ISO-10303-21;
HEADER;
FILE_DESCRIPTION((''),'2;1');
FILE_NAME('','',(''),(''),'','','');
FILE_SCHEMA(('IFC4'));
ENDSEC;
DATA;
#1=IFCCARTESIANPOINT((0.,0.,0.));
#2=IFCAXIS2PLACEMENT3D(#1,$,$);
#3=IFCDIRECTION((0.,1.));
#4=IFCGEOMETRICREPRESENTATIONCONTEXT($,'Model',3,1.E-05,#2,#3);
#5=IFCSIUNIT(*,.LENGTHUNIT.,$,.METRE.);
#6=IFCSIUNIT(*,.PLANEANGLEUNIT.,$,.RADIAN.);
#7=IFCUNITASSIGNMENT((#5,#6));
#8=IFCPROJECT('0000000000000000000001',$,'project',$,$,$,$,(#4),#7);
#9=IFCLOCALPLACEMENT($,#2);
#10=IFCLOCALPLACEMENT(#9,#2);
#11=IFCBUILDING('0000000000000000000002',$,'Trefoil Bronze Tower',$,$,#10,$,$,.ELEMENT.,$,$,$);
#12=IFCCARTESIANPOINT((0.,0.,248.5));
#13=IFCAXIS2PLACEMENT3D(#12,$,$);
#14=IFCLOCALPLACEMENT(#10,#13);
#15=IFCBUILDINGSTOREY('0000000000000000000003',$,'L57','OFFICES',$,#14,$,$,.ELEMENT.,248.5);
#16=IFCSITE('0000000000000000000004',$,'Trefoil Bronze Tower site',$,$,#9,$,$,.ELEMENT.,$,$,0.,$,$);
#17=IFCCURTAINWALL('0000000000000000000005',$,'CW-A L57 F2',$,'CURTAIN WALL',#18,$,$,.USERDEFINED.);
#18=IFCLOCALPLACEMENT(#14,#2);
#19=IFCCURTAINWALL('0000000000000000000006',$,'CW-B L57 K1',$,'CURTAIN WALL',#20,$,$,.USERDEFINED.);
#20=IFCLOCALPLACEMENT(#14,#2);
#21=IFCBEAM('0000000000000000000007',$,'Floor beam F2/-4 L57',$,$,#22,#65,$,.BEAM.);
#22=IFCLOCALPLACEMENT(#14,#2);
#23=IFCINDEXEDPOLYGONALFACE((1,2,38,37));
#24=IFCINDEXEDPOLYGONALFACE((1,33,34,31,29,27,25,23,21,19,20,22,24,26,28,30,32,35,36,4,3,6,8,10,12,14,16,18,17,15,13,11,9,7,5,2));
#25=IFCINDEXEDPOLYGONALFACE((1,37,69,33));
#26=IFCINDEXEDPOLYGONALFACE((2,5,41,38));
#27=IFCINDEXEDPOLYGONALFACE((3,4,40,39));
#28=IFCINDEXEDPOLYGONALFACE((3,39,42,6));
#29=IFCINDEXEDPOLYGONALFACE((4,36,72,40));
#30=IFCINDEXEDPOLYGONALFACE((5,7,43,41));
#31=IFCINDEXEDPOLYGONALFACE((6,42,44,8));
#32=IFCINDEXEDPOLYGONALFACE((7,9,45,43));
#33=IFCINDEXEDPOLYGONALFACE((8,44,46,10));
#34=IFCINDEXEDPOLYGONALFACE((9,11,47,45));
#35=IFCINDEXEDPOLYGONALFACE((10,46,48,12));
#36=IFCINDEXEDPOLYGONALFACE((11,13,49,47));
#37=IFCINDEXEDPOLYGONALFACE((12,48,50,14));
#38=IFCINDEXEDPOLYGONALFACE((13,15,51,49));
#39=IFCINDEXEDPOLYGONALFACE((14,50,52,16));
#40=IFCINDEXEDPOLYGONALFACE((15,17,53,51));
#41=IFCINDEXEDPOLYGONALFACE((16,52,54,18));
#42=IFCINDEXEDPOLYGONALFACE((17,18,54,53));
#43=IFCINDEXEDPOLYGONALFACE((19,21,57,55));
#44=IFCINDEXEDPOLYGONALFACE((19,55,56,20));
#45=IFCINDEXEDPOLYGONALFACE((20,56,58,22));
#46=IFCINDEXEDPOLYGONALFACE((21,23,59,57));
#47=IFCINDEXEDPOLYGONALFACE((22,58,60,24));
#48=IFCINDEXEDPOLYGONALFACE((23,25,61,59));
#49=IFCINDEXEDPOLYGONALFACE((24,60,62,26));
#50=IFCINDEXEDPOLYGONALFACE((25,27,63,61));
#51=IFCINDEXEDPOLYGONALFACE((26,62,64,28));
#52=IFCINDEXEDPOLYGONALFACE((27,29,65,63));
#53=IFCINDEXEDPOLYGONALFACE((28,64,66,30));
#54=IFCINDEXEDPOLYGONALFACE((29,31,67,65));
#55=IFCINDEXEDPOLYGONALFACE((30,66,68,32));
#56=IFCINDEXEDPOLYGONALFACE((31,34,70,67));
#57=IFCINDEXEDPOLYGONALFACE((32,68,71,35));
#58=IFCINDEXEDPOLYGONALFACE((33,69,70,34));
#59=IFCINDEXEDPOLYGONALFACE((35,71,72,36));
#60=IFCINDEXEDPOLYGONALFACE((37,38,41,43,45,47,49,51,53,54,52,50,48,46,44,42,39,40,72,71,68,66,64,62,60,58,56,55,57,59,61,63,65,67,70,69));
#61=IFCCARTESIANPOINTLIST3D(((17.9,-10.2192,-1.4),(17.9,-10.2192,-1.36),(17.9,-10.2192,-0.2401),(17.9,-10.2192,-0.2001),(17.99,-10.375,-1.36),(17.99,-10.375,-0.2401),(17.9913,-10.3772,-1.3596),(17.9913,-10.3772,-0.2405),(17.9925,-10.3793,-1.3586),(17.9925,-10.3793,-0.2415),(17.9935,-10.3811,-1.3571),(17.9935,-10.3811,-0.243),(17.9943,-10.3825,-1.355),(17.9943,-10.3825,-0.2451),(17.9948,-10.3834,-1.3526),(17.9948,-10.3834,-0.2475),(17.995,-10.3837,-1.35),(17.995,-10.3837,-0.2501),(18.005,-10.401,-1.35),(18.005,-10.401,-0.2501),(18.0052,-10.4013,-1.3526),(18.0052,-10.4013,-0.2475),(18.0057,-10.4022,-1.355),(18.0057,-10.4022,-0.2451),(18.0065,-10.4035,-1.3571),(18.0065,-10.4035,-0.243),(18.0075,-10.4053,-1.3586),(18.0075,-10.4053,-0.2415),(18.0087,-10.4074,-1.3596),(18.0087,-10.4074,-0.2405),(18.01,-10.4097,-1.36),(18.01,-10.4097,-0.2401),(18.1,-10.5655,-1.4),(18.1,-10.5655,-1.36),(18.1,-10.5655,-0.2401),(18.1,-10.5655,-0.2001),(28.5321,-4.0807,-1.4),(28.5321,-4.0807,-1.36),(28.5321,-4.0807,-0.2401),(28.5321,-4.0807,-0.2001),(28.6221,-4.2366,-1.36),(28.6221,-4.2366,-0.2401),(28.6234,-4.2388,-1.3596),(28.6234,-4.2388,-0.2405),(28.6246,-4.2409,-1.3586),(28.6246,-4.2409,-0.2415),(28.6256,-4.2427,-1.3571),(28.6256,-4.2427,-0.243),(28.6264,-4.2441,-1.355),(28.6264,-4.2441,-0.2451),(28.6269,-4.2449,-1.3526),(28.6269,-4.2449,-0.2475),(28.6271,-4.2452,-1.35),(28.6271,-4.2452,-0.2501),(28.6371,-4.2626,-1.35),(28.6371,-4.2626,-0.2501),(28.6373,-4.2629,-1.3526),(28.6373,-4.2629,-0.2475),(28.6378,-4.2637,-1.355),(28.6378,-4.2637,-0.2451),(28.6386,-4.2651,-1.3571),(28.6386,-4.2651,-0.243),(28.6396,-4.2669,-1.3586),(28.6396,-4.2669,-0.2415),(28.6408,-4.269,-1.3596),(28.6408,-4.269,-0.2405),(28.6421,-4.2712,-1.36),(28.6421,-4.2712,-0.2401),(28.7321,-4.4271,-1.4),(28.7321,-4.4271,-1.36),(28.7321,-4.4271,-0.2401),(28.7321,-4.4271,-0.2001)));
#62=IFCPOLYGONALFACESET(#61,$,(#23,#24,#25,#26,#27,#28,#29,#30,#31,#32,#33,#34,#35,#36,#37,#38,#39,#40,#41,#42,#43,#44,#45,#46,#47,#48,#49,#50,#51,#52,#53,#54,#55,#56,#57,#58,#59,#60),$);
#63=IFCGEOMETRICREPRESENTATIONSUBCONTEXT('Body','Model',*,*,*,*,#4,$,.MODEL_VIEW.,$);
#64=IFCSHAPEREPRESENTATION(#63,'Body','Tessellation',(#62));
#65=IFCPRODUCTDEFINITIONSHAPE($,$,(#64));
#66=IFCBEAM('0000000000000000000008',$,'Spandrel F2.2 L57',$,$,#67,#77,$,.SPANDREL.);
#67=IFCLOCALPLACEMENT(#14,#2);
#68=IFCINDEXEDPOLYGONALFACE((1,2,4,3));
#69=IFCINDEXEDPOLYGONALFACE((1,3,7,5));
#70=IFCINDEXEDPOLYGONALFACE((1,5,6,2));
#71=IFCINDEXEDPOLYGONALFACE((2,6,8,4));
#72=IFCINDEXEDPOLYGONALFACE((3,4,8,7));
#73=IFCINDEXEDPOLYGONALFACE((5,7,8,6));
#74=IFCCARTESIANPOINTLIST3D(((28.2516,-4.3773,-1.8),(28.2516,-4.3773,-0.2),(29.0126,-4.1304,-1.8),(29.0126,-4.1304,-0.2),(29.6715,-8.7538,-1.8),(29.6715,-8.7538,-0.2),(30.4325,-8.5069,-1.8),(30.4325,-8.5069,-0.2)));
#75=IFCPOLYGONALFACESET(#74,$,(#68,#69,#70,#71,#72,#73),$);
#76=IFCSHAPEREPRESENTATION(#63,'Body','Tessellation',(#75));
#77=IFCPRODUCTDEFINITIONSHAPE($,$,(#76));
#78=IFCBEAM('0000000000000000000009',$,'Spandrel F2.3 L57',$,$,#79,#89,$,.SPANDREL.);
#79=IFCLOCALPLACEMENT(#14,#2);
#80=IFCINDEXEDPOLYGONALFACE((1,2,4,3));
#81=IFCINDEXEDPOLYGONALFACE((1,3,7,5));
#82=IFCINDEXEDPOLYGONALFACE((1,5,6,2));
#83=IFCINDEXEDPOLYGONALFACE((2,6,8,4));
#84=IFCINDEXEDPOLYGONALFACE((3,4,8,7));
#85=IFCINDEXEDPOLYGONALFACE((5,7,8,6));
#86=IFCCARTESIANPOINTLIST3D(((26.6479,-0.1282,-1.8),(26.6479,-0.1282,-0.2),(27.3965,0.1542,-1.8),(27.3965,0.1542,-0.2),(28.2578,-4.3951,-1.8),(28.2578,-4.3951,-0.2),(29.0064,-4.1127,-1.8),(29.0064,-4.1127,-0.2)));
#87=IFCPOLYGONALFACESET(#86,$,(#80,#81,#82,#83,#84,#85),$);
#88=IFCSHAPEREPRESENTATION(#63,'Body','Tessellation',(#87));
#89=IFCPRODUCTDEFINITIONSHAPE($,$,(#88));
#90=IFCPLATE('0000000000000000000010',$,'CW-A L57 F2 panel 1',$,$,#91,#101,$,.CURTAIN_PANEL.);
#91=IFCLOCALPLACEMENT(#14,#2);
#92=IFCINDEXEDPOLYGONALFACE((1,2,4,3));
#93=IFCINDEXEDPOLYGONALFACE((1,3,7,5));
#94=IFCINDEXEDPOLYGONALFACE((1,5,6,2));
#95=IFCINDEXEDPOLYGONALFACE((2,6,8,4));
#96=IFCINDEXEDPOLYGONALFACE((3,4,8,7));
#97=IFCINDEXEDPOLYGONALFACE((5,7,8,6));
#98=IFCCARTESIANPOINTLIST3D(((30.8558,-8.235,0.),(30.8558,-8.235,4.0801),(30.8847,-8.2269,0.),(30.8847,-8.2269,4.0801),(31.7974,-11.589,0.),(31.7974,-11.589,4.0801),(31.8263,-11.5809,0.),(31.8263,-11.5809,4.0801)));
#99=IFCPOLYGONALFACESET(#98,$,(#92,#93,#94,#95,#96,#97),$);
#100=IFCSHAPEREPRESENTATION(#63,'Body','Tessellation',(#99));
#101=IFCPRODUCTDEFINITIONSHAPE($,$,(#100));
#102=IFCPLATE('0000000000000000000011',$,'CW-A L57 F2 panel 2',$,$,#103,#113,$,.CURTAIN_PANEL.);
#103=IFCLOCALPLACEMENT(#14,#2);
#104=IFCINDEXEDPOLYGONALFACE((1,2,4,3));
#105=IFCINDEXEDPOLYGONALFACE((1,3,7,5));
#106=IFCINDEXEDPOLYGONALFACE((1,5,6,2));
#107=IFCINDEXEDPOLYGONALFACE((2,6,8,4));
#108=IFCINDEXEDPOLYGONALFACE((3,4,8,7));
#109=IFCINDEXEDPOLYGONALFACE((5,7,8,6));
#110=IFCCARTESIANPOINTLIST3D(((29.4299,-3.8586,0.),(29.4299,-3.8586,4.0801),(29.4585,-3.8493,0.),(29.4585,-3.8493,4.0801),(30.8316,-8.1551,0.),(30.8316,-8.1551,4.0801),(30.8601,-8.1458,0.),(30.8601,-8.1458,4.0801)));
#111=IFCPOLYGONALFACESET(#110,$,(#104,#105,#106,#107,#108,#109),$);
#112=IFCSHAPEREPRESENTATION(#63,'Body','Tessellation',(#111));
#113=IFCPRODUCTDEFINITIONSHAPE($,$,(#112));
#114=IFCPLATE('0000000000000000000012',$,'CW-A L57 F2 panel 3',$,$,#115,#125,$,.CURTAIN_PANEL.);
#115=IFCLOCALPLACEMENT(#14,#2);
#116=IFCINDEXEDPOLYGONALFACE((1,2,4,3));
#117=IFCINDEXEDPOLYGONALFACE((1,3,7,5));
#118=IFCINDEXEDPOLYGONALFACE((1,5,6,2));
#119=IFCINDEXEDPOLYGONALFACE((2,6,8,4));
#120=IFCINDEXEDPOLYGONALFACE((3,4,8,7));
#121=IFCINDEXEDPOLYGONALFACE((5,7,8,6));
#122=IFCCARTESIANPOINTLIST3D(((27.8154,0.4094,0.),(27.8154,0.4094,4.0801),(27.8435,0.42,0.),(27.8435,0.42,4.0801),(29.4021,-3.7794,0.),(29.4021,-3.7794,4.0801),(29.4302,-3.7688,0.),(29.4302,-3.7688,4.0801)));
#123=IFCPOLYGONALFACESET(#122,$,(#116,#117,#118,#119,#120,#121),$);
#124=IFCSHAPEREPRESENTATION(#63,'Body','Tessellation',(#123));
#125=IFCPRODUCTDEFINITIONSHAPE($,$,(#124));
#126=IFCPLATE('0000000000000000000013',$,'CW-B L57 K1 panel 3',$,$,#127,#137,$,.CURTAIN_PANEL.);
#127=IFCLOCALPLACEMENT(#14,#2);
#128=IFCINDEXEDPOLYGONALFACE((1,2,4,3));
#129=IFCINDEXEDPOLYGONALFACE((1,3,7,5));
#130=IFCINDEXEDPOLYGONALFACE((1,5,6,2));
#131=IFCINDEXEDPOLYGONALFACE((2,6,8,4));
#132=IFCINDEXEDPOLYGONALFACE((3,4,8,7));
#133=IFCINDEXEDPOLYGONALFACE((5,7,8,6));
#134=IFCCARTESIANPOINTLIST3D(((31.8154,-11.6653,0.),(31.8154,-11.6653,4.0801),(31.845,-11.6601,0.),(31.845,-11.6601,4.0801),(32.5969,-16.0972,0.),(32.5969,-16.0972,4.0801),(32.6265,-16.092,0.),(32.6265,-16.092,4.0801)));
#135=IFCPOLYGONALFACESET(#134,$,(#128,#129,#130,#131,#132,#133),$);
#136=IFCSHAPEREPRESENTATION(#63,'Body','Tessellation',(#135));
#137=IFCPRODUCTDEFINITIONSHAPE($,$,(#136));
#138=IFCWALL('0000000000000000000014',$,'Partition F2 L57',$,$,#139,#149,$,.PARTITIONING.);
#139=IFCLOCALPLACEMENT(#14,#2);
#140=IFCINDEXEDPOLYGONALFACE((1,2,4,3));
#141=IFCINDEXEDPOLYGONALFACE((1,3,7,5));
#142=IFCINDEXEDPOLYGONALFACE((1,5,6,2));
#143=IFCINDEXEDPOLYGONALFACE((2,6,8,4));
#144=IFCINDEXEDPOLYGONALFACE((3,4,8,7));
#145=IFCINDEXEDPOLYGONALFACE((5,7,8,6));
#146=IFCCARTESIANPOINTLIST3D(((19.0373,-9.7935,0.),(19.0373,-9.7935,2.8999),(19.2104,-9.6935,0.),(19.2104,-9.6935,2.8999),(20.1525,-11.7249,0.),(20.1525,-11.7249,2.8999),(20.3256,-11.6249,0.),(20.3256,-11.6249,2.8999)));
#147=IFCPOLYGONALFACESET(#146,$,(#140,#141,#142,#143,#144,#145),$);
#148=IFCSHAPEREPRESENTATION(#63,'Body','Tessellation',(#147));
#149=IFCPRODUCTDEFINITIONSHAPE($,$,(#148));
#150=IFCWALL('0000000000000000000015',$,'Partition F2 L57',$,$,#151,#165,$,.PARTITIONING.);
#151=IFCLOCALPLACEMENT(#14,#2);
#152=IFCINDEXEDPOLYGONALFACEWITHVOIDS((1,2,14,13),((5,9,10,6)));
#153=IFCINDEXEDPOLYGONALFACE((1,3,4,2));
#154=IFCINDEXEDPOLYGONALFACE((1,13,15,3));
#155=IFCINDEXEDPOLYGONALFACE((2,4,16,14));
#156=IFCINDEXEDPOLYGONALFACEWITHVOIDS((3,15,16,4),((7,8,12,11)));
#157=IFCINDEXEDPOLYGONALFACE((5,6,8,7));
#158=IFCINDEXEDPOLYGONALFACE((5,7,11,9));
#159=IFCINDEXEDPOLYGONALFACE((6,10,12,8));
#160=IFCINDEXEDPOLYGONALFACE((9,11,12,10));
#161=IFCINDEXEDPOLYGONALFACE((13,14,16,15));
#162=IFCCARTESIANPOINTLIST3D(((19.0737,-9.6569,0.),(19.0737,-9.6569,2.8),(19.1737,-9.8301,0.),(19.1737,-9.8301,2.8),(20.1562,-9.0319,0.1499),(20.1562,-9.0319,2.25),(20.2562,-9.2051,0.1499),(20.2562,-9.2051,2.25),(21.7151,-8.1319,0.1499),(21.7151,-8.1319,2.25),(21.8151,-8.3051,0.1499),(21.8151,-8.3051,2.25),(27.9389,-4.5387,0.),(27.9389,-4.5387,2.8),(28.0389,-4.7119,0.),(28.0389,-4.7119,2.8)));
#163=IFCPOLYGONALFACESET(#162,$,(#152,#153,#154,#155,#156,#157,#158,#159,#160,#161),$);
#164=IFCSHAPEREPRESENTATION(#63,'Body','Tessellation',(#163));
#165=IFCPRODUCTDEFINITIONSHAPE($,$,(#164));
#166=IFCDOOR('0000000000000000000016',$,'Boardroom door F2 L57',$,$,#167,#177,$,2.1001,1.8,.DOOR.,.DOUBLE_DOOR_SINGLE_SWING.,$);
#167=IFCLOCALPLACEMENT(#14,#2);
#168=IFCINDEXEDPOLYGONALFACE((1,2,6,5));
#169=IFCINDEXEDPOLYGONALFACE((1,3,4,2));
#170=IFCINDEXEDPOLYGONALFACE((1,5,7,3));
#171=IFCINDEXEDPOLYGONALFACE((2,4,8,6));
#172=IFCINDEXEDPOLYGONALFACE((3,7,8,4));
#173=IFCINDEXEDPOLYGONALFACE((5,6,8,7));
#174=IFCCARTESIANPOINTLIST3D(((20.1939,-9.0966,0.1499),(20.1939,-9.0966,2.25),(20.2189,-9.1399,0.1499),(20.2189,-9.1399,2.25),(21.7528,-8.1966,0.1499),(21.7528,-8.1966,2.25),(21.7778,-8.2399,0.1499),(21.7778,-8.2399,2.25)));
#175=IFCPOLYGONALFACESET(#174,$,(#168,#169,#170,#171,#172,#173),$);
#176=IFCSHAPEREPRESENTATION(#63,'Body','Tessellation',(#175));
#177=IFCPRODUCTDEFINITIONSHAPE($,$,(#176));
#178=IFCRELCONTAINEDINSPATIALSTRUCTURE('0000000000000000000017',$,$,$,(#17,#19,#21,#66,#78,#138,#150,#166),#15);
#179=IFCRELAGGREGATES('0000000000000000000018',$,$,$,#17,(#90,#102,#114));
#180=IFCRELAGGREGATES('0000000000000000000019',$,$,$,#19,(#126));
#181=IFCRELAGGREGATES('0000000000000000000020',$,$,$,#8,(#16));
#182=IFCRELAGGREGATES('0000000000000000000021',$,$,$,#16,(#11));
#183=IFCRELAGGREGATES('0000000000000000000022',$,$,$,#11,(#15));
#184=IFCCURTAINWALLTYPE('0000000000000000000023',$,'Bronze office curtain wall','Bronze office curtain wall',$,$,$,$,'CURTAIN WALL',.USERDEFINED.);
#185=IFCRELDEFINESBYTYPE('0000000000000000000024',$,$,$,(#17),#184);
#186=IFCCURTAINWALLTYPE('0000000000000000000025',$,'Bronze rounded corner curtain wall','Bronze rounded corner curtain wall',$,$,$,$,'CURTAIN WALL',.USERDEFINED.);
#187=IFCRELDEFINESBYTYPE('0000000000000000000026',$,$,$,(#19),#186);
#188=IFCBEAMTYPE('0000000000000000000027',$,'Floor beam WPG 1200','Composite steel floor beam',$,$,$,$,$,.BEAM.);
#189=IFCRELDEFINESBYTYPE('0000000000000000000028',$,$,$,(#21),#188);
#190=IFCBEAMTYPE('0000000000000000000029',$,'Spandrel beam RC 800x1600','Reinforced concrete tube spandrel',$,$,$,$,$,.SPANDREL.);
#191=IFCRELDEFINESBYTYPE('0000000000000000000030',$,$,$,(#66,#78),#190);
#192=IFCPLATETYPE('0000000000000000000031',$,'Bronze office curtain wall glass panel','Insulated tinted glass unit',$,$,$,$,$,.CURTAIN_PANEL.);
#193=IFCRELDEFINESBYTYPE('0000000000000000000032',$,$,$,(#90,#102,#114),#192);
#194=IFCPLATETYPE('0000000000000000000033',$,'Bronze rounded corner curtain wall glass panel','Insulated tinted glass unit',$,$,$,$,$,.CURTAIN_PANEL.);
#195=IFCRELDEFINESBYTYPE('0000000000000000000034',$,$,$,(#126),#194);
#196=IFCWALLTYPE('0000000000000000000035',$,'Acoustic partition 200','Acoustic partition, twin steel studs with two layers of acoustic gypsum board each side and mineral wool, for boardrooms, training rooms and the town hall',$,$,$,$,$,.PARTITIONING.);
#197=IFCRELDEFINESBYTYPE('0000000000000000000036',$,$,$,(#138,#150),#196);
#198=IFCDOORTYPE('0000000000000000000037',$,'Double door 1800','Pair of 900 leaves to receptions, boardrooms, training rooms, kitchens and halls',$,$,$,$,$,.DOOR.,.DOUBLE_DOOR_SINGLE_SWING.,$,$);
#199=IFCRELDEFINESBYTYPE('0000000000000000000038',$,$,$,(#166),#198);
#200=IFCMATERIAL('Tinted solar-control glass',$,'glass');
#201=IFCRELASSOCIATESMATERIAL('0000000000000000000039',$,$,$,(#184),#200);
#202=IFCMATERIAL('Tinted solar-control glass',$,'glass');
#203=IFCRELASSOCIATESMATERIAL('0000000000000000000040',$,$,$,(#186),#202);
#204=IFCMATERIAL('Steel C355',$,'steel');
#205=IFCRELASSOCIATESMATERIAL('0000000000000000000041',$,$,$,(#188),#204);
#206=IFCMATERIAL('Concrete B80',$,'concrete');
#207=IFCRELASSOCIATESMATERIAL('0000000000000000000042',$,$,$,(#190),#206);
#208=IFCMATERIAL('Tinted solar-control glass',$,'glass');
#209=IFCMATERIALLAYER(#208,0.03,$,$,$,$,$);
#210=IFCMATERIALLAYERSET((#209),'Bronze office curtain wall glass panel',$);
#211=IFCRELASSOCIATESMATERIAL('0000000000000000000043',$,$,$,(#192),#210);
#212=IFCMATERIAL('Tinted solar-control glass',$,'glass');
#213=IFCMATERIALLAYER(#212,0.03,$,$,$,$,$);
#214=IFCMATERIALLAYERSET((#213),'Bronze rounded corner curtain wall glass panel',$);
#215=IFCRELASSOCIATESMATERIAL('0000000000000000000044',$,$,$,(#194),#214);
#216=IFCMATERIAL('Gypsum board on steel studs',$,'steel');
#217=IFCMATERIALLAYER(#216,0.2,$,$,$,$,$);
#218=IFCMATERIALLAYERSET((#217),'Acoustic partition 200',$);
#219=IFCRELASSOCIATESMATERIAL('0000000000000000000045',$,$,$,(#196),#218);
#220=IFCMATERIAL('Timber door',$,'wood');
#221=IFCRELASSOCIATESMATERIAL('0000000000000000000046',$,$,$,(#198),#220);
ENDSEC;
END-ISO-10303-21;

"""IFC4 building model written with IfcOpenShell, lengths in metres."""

from ifc_helpers import new_model, si_unit, direction, frame, frame_2d, origin, origin_2d, place, context, subcontext, project, spatial, rectangle, i_section, extrude, material, layer, layer_set, material_profile, profile_set, type_object, element, fill, aggregate, save


model = new_model("IFC4")

# Units and contexts
model_context = context("Model", 3, precision=1e-05, world=origin(), true_north=direction((0.0, 1.0)))
body_context = subcontext(model_context, "Body", "Model", "MODEL_VIEW")
ifc_project = project(units=[si_unit("LENGTHUNIT", "METRE"), si_unit("PLANEANGLEUNIT", "RADIAN")], contexts=[model_context])

# Site, building, storey
site_placement = place(None, origin())
site = spatial("IfcSite", under=ifc_project, at=site_placement, Name="Trefoil Bronze Tower site", CompositionType="ELEMENT", RefElevation=0.0)
building_placement = place(site_placement, origin())
building = spatial("IfcBuilding", under=site, at=building_placement, Name="Trefoil Bronze Tower", CompositionType="ELEMENT")
storey_placement = place(building_placement, frame((0.0, 0.0, 248.5)))
storey = spatial("IfcBuildingStorey", under=building, at=storey_placement, Name="L57", Description="OFFICES", CompositionType="ELEMENT", Elevation=248.5)

# Curtain walls
ifc_material_1 = material(Name="Tinted solar-control glass", Category="glass")
curtain_wall_type_1 = type_object("IfcCurtainWallType", Name="Bronze office curtain wall", Description="Bronze office curtain wall", ElementType="CURTAIN WALL", PredefinedType="USERDEFINED", material=ifc_material_1)
curtain_wall_1_placement = place(storey_placement, origin())
curtain_wall_1 = element("IfcCurtainWall", 1, at=curtain_wall_1_placement, inside=storey, type_object=curtain_wall_type_1, Name="CW-A L57 F2", ObjectType="CURTAIN WALL", PredefinedType="USERDEFINED")
ifc_material_2 = material(Name="Tinted solar-control glass", Category="glass")
curtain_wall_type_2 = type_object("IfcCurtainWallType", Name="Bronze rounded corner curtain wall", Description="Bronze rounded corner curtain wall", ElementType="CURTAIN WALL", PredefinedType="USERDEFINED", material=ifc_material_2)
curtain_wall_2_placement = place(storey_placement, origin())
curtain_wall_2 = element("IfcCurtainWall", 2, at=curtain_wall_2_placement, inside=storey, type_object=curtain_wall_type_2, Name="CW-B L57 K1", ObjectType="CURTAIN WALL", PredefinedType="USERDEFINED")

# Beams
ifc_material_3 = material(Name="Steel C355", Category="steel")
ifc_material_profile_1 = material_profile(ifc_material_3, i_section(OverallWidth=0.3999, OverallDepth=1.2, WebThickness=0.02, FlangeThickness=0.04, FilletRadius=0.01, at=origin_2d()), Name="WPG 1200")
ifc_profile_set_1 = profile_set([ifc_material_profile_1], Name="Steel C355")
beam_type_1 = type_object("IfcBeamType", Name="Floor beam WPG 1200", Description="Composite steel floor beam", PredefinedType="BEAM", material=ifc_profile_set_1)
beam_1_placement = place(storey_placement, frame((28.6321, -4.2539, -0.8), z_axis=(-0.866026, -0.5, 0.0), x_axis=(0.5, -0.866026, 0.0)))
element("IfcBeam", 3, at=beam_1_placement, inside=storey, type_object=beam_type_1, Name="Floor beam F2/-4 L57", PredefinedType="BEAM", context=body_context, shape_type="SweptSolid", body=[
    extrude(i_section(OverallWidth=0.3999, OverallDepth=1.2, WebThickness=0.02, FlangeThickness=0.04, FilletRadius=0.01, at=origin_2d()), origin(), (0.0, 0.0, 1.0), 12.2769),
])
ifc_material_4 = material(Name="Concrete B80", Category="concrete")
ifc_material_profile_2 = material_profile(ifc_material_4, rectangle(XDim=0.8, YDim=1.6001, at=origin_2d()), Name="RC 800x1600")
ifc_profile_set_2 = profile_set([ifc_material_profile_2], Name="Concrete B80")
beam_type_2 = type_object("IfcBeamType", Name="Spandrel beam RC 800x1600", Description="Reinforced concrete tube spandrel", PredefinedType="SPANDREL", material=ifc_profile_set_2)
beam_2_placement = place(storey_placement, frame((30.052, -8.6304, -1.0), z_axis=(-0.308609, 0.951189, 0.0), x_axis=(-0.951189, -0.308609, 0.0)))
element("IfcBeam", 4, at=beam_2_placement, inside=storey, type_object=beam_type_2, Name="Spandrel F2.2 L57", PredefinedType="SPANDREL", context=body_context, shape_type="SweptSolid", body=[
    extrude(rectangle(XDim=0.8, YDim=1.6001, at=origin_2d()), origin(), (0.0, 0.0, 1.0), 4.6011),
])
beam_3_placement = place(storey_placement, frame((28.6321, -4.2539, -1.0), z_axis=(-0.353006, 0.935621, 0.0), x_axis=(-0.935621, -0.353006, 0.0)))
element("IfcBeam", 5, at=beam_3_placement, inside=storey, type_object=beam_type_2, Name="Spandrel F2.3 L57", PredefinedType="SPANDREL", context=body_context, shape_type="SweptSolid", body=[
    extrude(rectangle(XDim=0.8, YDim=1.6001, at=origin_2d()), origin(), (0.0, 0.0, 1.0), 4.5605),
])

# Plates
ifc_material_5 = material(Name="Tinted solar-control glass", Category="glass")
ifc_layer_1 = layer(ifc_material_5, 0.03)
ifc_layer_set_1 = layer_set([ifc_layer_1], Name="Bronze office curtain wall glass panel")
plate_type_1 = type_object("IfcPlateType", Name="Bronze office curtain wall glass panel", Description="Insulated tinted glass unit", PredefinedType="CURTAIN_PANEL", material=ifc_layer_set_1)
plate_1_placement = place(storey_placement, frame((31.3411, -9.908, 0.0), z_axis=(0.0, 0.0, 1.0), x_axis=(-0.270282, 0.962781, 0.0)))
plate_1 = element("IfcPlate", 6, at=plate_1_placement, type_object=plate_type_1, Name="CW-A L57 F2 panel 1", PredefinedType="CURTAIN_PANEL", context=body_context, shape_type="SweptSolid", body=[
    extrude(rectangle(XDim=3.4836, YDim=0.03, at=origin_2d()), origin(), (0.0, 0.0, 1.0), 4.0801),
])
plate_2_placement = place(storey_placement, frame((30.145, -6.0022, 0.0), z_axis=(0.0, 0.0, 1.0), x_axis=(-0.310149, 0.950688, 0.0)))
plate_2 = element("IfcPlate", 7, at=plate_2_placement, type_object=plate_type_1, Name="CW-A L57 F2 panel 2", PredefinedType="CURTAIN_PANEL", context=body_context, shape_type="SweptSolid", body=[
    extrude(rectangle(XDim=4.5193, YDim=0.03, at=origin_2d()), origin(), (0.0, 0.0, 1.0), 4.0801),
])
plate_3_placement = place(storey_placement, frame((28.6228, -1.6797, 0.0), z_axis=(0.0, 0.0, 1.0), x_axis=(-0.354234, 0.935157, 0.0)))
plate_3 = element("IfcPlate", 8, at=plate_3_placement, type_object=plate_type_1, Name="CW-A L57 F2 panel 3", PredefinedType="CURTAIN_PANEL", context=body_context, shape_type="SweptSolid", body=[
    extrude(rectangle(XDim=4.4792, YDim=0.03, at=origin_2d()), origin(), (0.0, 0.0, 1.0), 4.0801),
])
aggregate(curtain_wall_1, [plate_1, plate_2, plate_3])
ifc_material_6 = material(Name="Tinted solar-control glass", Category="glass")
ifc_layer_2 = layer(ifc_material_6, 0.03)
ifc_layer_set_2 = layer_set([ifc_layer_2], Name="Bronze rounded corner curtain wall glass panel")
plate_type_2 = type_object("IfcPlateType", Name="Bronze rounded corner curtain wall glass panel", Description="Insulated tinted glass unit", PredefinedType="CURTAIN_PANEL", material=ifc_layer_set_2)
plate_4_placement = place(storey_placement, frame((32.2209, -13.8787, 0.0), z_axis=(0.0, 0.0, 1.0), x_axis=(-0.173648, 0.984808, 0.0)))
plate_4 = element("IfcPlate", 9, at=plate_4_placement, type_object=plate_type_2, Name="CW-B L57 K1 panel 3", PredefinedType="CURTAIN_PANEL", context=body_context, shape_type="SweptSolid", body=[
    extrude(rectangle(XDim=4.5002, YDim=0.03, at=origin_2d()), origin(), (0.0, 0.0, 1.0), 4.0801),
])
aggregate(curtain_wall_2, [plate_4])

# Wall
ifc_material_7 = material(Name="Gypsum board on steel studs", Category="steel")
ifc_layer_3 = layer(ifc_material_7, 0.2)
ifc_layer_set_3 = layer_set([ifc_layer_3], Name="Acoustic partition 200")
wall_type_1 = type_object("IfcWallType", Name="Acoustic partition 200", Description="Acoustic partition, twin steel studs with two layers of acoustic gypsum board each side and mineral wool, for boardrooms, training rooms and the town hall", PredefinedType="PARTITIONING", material=ifc_layer_set_3)
wall_1_placement = place(storey_placement, frame((19.1238, -9.7434, 0.0), z_axis=(0.0, 0.0, 1.0), x_axis=(0.500048, -0.865998, 0.0)))
element("IfcWall", 10, at=wall_1_placement, inside=storey, type_object=wall_type_1, Name="Partition F2 L57", PredefinedType="PARTITIONING", context=body_context, shape_type="SweptSolid", body=[
    extrude(rectangle(XDim=2.2302, YDim=0.2, at=frame_2d((1.1152, 0.0))), origin(), (0.0, 0.0, 1.0), 2.8999),
])

# Wall, opening, door
wall_2_placement = place(storey_placement, frame((19.1238, -9.7434, 0.0), z_axis=(0.0, 0.0, 1.0), x_axis=(0.866033, 0.499987, 0.0)))
wall_2 = element("IfcWall", 11, at=wall_2_placement, inside=storey, type_object=wall_type_1, Name="Partition F2 L57", PredefinedType="PARTITIONING", context=body_context, shape_type="SweptSolid", body=[
    extrude(rectangle(XDim=10.2366, YDim=0.2, at=frame_2d((5.1182, 0.0))), origin(), (0.0, 0.0, 1.0), 2.8),
])
opening_1_placement = place(wall_2_placement, frame((1.25, 0.0, 0.1499)))
opening_1 = element("IfcOpeningElement", 12, at=opening_1_placement, cuts=wall_2, PredefinedType="OPENING", context=body_context, shape_type="SweptSolid", body=[
    extrude(rectangle(XDim=1.8, YDim=2.1001, at=frame_2d((0.8999, 1.05))), frame((0.0, 0.1099, 0.0), z_axis=(0.0, -1.0, 0.0), x_axis=(1.0, 0.0, 0.0)), (0.0, 0.0, 1.0), 0.22),
])
ifc_material_8 = material(Name="Timber door", Category="wood")
door_type_1 = type_object("IfcDoorType", Name="Double door 1800", Description="Pair of 900 leaves to receptions, boardrooms, training rooms, kitchens and halls", OperationType="DOUBLE_DOOR_SINGLE_SWING", PredefinedType="DOOR", material=ifc_material_8)
door_1_placement = place(opening_1_placement, frame((1.8, 0.0, 0.0), z_axis=(0.0, 0.0, 1.0), x_axis=(-1.0, 0.0, 0.0)))
door_1 = element("IfcDoor", 13, at=door_1_placement, inside=storey, type_object=door_type_1, Name="Boardroom door F2 L57", OperationType="DOUBLE_DOOR_SINGLE_SWING", OverallHeight=2.1001, OverallWidth=1.8, PredefinedType="DOOR", context=body_context, shape_type="SweptSolid", body=[
    extrude(rectangle(XDim=1.8, YDim=2.1001, at=frame_2d((0.8999, 1.05))), frame((0.0, 0.0249, 0.0), z_axis=(0.0, -1.0, 0.0), x_axis=(1.0, 0.0, 0.0)), (0.0, 0.0, 1.0), 0.05),
])
fill(opening_1, door_1)

save(model, "model.ifc")
